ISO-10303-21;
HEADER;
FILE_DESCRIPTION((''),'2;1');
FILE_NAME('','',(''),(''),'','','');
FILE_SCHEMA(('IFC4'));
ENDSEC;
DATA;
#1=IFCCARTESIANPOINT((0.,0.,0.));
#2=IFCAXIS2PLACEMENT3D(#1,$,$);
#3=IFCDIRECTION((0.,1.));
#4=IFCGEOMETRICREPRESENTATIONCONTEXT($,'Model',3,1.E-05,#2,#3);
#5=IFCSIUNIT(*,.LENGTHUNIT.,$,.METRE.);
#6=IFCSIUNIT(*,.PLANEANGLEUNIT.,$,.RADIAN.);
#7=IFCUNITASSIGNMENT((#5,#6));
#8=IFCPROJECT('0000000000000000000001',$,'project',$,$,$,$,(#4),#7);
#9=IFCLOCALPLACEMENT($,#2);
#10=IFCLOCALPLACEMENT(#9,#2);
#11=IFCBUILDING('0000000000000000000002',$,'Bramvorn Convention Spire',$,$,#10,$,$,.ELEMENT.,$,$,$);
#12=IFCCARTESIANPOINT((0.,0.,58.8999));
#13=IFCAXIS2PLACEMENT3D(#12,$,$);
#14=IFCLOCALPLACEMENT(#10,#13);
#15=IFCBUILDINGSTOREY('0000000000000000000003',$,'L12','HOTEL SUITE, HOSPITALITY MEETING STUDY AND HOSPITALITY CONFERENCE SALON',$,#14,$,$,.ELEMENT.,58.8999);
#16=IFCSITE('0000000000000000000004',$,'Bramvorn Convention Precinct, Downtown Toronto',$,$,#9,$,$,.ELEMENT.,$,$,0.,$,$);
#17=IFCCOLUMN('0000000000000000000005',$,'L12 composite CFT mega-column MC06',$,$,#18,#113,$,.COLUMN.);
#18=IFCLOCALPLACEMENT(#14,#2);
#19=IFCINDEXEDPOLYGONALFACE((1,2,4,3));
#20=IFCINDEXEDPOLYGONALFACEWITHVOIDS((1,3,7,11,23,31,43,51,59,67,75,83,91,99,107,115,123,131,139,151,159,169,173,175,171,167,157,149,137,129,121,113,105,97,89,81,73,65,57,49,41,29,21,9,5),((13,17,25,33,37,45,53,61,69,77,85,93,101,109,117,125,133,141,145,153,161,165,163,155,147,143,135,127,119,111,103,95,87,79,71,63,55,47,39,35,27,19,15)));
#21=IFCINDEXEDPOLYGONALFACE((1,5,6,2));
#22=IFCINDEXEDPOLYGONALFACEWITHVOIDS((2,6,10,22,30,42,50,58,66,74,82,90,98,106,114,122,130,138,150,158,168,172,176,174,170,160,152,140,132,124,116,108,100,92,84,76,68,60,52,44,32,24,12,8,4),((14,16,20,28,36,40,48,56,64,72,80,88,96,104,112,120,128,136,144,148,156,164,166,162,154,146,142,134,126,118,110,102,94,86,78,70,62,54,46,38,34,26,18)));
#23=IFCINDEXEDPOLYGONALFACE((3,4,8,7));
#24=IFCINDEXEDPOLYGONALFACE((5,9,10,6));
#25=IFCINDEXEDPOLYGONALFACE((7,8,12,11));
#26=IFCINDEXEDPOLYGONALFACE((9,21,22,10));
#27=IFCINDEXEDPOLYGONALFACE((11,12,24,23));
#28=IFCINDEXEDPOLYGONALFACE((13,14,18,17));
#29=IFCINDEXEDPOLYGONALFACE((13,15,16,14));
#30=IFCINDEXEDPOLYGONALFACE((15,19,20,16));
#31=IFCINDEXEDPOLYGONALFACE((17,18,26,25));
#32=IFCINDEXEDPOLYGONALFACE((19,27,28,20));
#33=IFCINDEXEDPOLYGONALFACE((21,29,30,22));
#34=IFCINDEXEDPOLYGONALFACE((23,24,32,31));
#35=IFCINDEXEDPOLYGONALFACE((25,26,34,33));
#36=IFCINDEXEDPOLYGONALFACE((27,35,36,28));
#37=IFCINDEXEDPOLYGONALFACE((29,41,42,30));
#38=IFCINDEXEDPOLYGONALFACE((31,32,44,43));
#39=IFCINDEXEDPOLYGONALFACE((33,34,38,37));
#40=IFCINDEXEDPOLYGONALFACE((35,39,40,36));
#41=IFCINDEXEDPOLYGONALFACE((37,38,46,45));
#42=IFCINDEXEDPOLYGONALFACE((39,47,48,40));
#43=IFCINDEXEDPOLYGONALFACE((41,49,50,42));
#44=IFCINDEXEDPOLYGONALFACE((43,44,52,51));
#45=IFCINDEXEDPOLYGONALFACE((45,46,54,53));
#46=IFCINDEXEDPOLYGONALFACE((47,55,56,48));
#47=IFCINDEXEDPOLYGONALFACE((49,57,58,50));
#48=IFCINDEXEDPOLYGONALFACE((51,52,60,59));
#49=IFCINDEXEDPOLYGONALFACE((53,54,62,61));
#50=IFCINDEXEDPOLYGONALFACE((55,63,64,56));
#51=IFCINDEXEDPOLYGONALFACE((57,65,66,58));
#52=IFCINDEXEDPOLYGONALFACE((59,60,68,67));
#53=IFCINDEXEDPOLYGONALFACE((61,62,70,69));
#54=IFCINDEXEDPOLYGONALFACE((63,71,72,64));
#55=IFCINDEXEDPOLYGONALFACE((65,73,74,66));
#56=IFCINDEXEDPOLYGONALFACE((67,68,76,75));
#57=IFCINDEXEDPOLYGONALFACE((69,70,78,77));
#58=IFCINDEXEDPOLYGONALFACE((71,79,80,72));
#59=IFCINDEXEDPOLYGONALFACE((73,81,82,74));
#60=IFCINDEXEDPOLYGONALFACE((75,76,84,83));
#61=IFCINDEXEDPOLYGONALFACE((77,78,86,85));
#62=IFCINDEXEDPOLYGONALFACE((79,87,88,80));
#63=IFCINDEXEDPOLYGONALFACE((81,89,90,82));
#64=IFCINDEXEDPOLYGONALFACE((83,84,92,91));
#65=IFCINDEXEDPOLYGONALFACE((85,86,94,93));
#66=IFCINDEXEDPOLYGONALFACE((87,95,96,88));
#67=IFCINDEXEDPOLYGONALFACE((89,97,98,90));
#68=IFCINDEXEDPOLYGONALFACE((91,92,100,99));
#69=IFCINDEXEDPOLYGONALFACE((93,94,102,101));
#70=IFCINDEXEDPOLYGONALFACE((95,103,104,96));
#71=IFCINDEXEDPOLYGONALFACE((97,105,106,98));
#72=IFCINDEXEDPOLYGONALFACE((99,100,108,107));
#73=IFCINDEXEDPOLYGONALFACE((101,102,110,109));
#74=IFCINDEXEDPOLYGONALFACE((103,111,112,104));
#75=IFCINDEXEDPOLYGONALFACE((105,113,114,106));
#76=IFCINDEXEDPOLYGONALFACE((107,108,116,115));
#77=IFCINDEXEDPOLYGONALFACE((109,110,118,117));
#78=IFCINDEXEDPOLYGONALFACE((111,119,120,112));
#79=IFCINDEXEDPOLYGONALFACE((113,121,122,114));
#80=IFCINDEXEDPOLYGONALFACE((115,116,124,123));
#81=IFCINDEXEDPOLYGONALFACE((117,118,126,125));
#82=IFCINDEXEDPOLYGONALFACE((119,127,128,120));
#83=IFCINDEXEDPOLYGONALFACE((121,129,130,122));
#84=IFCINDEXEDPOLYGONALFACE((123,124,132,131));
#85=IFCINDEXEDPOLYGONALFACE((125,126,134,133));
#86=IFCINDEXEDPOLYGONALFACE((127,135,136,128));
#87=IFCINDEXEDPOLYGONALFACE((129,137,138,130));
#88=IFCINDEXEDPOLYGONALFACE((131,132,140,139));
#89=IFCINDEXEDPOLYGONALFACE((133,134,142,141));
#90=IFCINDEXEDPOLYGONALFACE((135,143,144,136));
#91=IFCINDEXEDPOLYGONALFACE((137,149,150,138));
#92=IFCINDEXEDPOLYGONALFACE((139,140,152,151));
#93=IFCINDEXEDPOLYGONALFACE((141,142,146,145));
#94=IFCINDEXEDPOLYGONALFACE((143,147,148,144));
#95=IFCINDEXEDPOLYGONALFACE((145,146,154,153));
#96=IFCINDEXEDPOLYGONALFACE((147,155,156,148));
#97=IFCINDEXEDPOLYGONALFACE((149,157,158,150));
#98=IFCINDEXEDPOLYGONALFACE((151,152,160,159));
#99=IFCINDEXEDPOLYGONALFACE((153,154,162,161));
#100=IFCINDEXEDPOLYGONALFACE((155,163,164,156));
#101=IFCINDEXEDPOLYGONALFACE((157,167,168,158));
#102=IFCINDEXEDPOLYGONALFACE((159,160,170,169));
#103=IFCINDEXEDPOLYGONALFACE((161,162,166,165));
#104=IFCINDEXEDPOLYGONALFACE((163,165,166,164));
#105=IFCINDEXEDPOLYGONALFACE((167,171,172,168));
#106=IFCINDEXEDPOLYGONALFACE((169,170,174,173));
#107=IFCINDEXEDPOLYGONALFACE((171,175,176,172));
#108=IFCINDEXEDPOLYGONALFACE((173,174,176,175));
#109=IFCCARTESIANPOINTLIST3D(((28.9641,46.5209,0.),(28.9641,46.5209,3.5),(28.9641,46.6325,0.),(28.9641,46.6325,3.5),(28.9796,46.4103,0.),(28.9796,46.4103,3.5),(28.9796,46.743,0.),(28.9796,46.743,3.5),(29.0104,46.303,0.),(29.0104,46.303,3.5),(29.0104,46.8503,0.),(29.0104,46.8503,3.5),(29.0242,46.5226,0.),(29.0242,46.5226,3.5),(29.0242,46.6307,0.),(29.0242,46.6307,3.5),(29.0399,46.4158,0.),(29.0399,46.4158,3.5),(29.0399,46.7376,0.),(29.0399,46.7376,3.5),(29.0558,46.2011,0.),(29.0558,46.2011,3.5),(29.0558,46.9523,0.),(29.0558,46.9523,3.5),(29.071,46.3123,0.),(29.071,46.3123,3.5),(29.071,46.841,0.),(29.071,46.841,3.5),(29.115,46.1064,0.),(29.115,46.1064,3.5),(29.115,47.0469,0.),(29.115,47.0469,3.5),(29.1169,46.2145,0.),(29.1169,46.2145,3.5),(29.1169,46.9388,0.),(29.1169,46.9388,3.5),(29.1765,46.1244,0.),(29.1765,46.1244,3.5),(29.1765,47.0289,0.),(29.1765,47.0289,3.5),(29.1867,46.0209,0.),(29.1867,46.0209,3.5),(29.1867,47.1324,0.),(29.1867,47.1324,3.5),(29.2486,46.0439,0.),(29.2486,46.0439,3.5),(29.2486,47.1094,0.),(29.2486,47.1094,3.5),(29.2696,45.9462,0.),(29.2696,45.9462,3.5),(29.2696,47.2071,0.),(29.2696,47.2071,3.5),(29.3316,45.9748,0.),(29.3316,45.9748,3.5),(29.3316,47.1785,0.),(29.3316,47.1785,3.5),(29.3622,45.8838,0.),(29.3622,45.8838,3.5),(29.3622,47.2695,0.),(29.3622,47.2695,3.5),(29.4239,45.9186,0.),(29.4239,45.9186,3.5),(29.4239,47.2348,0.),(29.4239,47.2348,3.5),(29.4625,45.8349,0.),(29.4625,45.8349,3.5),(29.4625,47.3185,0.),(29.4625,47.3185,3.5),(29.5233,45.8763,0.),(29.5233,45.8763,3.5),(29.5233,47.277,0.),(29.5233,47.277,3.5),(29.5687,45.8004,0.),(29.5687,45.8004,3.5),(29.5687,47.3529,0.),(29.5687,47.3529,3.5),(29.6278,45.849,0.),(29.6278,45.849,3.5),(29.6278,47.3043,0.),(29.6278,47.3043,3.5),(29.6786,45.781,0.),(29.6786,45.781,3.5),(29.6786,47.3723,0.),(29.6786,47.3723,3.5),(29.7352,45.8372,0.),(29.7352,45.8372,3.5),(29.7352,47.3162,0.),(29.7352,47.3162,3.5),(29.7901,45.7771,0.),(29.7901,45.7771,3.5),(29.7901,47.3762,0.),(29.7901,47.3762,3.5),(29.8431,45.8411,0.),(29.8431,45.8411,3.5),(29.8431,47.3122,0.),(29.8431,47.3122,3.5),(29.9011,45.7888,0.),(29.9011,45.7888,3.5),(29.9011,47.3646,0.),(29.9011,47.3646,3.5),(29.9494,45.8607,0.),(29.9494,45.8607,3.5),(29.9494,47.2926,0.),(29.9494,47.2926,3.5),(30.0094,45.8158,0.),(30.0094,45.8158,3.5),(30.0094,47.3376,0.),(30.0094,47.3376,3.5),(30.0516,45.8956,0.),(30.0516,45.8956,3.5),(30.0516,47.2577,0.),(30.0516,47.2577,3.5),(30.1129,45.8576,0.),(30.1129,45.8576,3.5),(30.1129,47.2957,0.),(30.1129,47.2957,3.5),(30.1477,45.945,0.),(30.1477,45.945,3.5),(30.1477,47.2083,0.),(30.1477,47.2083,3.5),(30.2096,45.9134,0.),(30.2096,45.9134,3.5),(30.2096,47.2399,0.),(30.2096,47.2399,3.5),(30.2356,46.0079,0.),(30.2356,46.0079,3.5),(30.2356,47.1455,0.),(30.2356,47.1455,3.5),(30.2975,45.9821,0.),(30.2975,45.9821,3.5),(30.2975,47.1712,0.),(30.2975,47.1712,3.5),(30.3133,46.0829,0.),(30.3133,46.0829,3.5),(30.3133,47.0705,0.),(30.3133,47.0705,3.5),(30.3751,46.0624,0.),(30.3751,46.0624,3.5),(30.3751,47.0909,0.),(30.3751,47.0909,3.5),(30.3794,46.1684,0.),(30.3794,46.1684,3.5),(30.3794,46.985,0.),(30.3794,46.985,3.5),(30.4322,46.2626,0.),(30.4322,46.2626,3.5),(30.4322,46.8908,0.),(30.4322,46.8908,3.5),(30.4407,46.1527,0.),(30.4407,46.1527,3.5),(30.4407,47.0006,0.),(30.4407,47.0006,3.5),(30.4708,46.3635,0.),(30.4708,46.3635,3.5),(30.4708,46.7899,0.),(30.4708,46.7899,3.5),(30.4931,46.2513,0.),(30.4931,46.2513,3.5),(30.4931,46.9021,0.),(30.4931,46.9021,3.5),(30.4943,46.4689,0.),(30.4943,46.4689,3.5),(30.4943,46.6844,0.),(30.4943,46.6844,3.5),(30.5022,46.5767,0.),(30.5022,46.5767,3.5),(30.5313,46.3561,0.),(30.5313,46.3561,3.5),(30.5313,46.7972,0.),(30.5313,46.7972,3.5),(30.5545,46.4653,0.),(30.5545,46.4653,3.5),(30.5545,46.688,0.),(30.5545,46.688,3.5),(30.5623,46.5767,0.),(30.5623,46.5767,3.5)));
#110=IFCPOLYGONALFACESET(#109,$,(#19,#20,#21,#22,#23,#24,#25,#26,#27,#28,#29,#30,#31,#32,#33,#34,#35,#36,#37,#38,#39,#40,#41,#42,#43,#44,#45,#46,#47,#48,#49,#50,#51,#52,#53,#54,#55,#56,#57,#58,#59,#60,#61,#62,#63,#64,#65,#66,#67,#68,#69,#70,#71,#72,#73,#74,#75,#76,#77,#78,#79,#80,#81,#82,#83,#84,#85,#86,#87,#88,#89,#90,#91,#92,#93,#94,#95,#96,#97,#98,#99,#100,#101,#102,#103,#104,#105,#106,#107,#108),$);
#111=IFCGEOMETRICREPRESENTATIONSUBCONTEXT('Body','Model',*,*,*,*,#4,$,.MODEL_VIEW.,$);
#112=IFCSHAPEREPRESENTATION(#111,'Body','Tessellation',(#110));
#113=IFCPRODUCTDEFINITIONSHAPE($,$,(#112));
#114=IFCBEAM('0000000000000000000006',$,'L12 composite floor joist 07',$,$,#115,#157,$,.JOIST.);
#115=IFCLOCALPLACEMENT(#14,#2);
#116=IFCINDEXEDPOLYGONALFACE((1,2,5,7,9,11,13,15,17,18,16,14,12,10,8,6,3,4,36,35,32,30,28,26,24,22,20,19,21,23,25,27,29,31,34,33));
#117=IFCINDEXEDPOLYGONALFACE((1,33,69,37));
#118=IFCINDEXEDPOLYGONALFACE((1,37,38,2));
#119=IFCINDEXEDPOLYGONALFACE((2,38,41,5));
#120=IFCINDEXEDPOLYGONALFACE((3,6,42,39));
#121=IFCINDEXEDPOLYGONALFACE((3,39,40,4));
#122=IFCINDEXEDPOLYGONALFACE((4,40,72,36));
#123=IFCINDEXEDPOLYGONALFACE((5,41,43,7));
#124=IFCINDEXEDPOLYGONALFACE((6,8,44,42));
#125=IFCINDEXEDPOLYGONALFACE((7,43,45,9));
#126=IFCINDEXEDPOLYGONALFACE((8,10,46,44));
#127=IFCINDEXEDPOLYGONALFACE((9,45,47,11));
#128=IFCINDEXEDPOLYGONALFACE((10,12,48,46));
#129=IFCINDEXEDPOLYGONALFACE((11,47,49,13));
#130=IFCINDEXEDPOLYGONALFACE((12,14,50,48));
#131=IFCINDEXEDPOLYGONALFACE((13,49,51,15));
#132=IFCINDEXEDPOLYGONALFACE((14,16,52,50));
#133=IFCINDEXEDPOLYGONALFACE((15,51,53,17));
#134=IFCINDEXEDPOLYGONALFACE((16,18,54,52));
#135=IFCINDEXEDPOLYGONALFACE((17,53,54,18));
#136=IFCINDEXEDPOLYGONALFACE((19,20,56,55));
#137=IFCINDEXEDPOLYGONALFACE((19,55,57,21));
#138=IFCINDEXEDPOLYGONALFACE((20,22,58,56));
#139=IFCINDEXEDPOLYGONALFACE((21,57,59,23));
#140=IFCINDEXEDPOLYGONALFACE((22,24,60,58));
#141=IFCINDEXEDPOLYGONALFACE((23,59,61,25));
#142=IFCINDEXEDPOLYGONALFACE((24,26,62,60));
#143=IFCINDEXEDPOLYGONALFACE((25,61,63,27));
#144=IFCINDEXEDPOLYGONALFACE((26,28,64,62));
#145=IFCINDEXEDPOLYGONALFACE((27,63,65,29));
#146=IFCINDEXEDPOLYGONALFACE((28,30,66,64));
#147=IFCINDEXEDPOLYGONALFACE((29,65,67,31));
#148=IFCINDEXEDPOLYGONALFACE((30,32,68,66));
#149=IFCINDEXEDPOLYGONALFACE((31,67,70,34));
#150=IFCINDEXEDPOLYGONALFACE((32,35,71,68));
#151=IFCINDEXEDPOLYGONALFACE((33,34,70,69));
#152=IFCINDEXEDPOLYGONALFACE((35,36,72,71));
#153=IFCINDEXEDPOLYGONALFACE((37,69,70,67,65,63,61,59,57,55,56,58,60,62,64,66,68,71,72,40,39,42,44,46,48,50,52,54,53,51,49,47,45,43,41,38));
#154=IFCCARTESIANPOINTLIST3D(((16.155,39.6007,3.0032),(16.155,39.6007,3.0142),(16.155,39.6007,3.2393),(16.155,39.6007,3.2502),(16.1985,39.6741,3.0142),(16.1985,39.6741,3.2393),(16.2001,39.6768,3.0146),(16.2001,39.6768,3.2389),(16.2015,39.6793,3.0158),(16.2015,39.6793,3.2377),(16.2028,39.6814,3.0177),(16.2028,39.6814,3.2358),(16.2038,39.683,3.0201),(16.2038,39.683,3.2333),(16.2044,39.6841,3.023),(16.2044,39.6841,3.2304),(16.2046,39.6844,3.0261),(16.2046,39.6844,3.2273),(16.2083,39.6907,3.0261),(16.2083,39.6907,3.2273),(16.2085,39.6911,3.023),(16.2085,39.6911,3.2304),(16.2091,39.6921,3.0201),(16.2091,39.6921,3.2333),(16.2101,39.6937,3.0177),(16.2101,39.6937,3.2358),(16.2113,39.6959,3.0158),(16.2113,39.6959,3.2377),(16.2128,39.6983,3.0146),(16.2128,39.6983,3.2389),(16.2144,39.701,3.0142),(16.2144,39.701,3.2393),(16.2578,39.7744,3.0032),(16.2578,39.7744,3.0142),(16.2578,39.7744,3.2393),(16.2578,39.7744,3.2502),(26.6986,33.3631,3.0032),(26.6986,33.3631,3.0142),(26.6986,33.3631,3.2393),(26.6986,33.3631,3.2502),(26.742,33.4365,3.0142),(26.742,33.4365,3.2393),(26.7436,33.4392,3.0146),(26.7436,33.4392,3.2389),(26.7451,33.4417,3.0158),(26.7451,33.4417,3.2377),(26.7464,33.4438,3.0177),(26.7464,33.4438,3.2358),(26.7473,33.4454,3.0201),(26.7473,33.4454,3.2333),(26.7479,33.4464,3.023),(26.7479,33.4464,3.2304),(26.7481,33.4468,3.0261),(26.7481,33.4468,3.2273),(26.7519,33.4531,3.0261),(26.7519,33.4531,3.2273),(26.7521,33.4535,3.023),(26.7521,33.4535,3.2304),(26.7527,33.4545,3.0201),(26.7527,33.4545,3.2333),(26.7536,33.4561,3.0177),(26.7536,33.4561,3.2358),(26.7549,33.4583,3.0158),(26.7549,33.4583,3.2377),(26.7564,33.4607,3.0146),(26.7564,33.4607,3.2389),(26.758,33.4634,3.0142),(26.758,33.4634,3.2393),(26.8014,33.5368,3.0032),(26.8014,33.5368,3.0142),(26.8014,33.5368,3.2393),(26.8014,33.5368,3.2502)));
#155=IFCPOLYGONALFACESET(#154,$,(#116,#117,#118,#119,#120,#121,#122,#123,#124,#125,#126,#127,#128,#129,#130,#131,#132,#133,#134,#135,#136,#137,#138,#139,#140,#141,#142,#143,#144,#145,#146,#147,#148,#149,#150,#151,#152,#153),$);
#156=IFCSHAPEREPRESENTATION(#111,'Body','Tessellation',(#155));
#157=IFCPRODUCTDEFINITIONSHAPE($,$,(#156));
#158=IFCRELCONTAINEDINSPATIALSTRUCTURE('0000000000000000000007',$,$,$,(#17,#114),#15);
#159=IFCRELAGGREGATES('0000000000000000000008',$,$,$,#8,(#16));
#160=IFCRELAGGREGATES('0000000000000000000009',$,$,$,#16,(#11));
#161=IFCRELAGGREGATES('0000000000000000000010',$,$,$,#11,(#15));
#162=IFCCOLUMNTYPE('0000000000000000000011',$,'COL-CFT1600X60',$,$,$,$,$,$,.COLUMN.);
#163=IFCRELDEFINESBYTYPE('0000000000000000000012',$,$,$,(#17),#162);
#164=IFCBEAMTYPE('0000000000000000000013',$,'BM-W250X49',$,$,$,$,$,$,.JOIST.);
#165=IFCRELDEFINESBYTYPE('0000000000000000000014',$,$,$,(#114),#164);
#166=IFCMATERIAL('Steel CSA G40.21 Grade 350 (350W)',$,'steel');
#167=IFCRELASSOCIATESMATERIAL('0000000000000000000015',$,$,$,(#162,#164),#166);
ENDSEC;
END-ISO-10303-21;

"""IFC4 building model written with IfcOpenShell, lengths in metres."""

from ifc_helpers import new_model, si_unit, direction, frame, origin, origin_2d, place, context, subcontext, project, spatial, hollow_circle, i_section, extrude, material, material_profile, profile_set, type_object, element, save


model = new_model("IFC4")

# Units and contexts
model_context = context("Model", 3, precision=1e-05, world=origin(), true_north=direction((0.0, 1.0)))
body_context = subcontext(model_context, "Body", "Model", "MODEL_VIEW")
ifc_project = project(units=[si_unit("LENGTHUNIT", "METRE"), si_unit("PLANEANGLEUNIT", "RADIAN")], contexts=[model_context])

# Site, building, storey
site_placement = place(None, origin())
site = spatial("IfcSite", under=ifc_project, at=site_placement, Name="Bramvorn Convention Precinct, Downtown Toronto", CompositionType="ELEMENT", RefElevation=0.0)
building_placement = place(site_placement, origin())
building = spatial("IfcBuilding", under=site, at=building_placement, Name="Bramvorn Convention Spire", CompositionType="ELEMENT")
storey_placement = place(building_placement, frame((0.0, 0.0, 58.8999)))
storey = spatial("IfcBuildingStorey", under=building, at=storey_placement, Name="L12", Description="HOTEL SUITE, HOSPITALITY MEETING STUDY AND HOSPITALITY CONFERENCE SALON", CompositionType="ELEMENT", Elevation=58.8999)

# Column
ifc_material_1 = material(Name="Steel CSA G40.21 Grade 350 (350W)", Category="steel")
ifc_material_profile_1 = material_profile(ifc_material_1, hollow_circle(Radius=0.8, WallThickness=0.0601, at=origin_2d()))
ifc_profile_set_1 = profile_set([ifc_material_profile_1], Name="Steel CSA G40.21 Grade 350 (350W) - CFT1600X60")
column_type = type_object("IfcColumnType", Name="COL-CFT1600X60", PredefinedType="COLUMN", material=ifc_profile_set_1)
column_placement = place(storey_placement, frame((29.7622, 46.5767, 0.0), z_axis=(0.0, 0.0, 1.0), x_axis=(1.0, 0.0, 0.0)))
element("IfcColumn", 1, at=column_placement, inside=storey, type_object=column_type, Name="L12 composite CFT mega-column MC06", PredefinedType="COLUMN", context=body_context, shape_type="SweptSolid", body=[
    extrude(hollow_circle(Radius=0.8, WallThickness=0.0601, at=origin_2d()), origin(), (0.0, 0.0, 1.0), 3.5),
])

# Beam
ifc_material_profile_2 = material_profile(ifc_material_1, i_section(OverallWidth=0.2019, OverallDepth=0.2471, WebThickness=0.0073, FlangeThickness=0.011, FilletRadius=0.012, at=origin_2d()))
ifc_profile_set_2 = profile_set([ifc_material_profile_2], Name="Steel CSA G40.21 Grade 350 (350W) - W250X49")
beam_type_1 = type_object("IfcBeamType", Name="BM-W250X49", PredefinedType="JOIST", material=ifc_profile_set_2)
beam_1_placement = place(storey_placement, frame((26.75, 33.45, 3.1267), z_axis=(-0.860665, 0.509172, 0.0), x_axis=(-0.509172, -0.860665, 0.0)))
element("IfcBeam", 2, at=beam_1_placement, inside=storey, type_object=beam_type_1, Name="L12 composite floor joist 07", PredefinedType="JOIST", context=body_context, shape_type="SweptSolid", body=[
    extrude(i_section(OverallWidth=0.2019, OverallDepth=0.2471, WebThickness=0.0073, FlangeThickness=0.011, FilletRadius=0.012, at=origin_2d()), origin(), (0.0, 0.0, 1.0), 12.2505),
])

save(model, "model.ifc")
